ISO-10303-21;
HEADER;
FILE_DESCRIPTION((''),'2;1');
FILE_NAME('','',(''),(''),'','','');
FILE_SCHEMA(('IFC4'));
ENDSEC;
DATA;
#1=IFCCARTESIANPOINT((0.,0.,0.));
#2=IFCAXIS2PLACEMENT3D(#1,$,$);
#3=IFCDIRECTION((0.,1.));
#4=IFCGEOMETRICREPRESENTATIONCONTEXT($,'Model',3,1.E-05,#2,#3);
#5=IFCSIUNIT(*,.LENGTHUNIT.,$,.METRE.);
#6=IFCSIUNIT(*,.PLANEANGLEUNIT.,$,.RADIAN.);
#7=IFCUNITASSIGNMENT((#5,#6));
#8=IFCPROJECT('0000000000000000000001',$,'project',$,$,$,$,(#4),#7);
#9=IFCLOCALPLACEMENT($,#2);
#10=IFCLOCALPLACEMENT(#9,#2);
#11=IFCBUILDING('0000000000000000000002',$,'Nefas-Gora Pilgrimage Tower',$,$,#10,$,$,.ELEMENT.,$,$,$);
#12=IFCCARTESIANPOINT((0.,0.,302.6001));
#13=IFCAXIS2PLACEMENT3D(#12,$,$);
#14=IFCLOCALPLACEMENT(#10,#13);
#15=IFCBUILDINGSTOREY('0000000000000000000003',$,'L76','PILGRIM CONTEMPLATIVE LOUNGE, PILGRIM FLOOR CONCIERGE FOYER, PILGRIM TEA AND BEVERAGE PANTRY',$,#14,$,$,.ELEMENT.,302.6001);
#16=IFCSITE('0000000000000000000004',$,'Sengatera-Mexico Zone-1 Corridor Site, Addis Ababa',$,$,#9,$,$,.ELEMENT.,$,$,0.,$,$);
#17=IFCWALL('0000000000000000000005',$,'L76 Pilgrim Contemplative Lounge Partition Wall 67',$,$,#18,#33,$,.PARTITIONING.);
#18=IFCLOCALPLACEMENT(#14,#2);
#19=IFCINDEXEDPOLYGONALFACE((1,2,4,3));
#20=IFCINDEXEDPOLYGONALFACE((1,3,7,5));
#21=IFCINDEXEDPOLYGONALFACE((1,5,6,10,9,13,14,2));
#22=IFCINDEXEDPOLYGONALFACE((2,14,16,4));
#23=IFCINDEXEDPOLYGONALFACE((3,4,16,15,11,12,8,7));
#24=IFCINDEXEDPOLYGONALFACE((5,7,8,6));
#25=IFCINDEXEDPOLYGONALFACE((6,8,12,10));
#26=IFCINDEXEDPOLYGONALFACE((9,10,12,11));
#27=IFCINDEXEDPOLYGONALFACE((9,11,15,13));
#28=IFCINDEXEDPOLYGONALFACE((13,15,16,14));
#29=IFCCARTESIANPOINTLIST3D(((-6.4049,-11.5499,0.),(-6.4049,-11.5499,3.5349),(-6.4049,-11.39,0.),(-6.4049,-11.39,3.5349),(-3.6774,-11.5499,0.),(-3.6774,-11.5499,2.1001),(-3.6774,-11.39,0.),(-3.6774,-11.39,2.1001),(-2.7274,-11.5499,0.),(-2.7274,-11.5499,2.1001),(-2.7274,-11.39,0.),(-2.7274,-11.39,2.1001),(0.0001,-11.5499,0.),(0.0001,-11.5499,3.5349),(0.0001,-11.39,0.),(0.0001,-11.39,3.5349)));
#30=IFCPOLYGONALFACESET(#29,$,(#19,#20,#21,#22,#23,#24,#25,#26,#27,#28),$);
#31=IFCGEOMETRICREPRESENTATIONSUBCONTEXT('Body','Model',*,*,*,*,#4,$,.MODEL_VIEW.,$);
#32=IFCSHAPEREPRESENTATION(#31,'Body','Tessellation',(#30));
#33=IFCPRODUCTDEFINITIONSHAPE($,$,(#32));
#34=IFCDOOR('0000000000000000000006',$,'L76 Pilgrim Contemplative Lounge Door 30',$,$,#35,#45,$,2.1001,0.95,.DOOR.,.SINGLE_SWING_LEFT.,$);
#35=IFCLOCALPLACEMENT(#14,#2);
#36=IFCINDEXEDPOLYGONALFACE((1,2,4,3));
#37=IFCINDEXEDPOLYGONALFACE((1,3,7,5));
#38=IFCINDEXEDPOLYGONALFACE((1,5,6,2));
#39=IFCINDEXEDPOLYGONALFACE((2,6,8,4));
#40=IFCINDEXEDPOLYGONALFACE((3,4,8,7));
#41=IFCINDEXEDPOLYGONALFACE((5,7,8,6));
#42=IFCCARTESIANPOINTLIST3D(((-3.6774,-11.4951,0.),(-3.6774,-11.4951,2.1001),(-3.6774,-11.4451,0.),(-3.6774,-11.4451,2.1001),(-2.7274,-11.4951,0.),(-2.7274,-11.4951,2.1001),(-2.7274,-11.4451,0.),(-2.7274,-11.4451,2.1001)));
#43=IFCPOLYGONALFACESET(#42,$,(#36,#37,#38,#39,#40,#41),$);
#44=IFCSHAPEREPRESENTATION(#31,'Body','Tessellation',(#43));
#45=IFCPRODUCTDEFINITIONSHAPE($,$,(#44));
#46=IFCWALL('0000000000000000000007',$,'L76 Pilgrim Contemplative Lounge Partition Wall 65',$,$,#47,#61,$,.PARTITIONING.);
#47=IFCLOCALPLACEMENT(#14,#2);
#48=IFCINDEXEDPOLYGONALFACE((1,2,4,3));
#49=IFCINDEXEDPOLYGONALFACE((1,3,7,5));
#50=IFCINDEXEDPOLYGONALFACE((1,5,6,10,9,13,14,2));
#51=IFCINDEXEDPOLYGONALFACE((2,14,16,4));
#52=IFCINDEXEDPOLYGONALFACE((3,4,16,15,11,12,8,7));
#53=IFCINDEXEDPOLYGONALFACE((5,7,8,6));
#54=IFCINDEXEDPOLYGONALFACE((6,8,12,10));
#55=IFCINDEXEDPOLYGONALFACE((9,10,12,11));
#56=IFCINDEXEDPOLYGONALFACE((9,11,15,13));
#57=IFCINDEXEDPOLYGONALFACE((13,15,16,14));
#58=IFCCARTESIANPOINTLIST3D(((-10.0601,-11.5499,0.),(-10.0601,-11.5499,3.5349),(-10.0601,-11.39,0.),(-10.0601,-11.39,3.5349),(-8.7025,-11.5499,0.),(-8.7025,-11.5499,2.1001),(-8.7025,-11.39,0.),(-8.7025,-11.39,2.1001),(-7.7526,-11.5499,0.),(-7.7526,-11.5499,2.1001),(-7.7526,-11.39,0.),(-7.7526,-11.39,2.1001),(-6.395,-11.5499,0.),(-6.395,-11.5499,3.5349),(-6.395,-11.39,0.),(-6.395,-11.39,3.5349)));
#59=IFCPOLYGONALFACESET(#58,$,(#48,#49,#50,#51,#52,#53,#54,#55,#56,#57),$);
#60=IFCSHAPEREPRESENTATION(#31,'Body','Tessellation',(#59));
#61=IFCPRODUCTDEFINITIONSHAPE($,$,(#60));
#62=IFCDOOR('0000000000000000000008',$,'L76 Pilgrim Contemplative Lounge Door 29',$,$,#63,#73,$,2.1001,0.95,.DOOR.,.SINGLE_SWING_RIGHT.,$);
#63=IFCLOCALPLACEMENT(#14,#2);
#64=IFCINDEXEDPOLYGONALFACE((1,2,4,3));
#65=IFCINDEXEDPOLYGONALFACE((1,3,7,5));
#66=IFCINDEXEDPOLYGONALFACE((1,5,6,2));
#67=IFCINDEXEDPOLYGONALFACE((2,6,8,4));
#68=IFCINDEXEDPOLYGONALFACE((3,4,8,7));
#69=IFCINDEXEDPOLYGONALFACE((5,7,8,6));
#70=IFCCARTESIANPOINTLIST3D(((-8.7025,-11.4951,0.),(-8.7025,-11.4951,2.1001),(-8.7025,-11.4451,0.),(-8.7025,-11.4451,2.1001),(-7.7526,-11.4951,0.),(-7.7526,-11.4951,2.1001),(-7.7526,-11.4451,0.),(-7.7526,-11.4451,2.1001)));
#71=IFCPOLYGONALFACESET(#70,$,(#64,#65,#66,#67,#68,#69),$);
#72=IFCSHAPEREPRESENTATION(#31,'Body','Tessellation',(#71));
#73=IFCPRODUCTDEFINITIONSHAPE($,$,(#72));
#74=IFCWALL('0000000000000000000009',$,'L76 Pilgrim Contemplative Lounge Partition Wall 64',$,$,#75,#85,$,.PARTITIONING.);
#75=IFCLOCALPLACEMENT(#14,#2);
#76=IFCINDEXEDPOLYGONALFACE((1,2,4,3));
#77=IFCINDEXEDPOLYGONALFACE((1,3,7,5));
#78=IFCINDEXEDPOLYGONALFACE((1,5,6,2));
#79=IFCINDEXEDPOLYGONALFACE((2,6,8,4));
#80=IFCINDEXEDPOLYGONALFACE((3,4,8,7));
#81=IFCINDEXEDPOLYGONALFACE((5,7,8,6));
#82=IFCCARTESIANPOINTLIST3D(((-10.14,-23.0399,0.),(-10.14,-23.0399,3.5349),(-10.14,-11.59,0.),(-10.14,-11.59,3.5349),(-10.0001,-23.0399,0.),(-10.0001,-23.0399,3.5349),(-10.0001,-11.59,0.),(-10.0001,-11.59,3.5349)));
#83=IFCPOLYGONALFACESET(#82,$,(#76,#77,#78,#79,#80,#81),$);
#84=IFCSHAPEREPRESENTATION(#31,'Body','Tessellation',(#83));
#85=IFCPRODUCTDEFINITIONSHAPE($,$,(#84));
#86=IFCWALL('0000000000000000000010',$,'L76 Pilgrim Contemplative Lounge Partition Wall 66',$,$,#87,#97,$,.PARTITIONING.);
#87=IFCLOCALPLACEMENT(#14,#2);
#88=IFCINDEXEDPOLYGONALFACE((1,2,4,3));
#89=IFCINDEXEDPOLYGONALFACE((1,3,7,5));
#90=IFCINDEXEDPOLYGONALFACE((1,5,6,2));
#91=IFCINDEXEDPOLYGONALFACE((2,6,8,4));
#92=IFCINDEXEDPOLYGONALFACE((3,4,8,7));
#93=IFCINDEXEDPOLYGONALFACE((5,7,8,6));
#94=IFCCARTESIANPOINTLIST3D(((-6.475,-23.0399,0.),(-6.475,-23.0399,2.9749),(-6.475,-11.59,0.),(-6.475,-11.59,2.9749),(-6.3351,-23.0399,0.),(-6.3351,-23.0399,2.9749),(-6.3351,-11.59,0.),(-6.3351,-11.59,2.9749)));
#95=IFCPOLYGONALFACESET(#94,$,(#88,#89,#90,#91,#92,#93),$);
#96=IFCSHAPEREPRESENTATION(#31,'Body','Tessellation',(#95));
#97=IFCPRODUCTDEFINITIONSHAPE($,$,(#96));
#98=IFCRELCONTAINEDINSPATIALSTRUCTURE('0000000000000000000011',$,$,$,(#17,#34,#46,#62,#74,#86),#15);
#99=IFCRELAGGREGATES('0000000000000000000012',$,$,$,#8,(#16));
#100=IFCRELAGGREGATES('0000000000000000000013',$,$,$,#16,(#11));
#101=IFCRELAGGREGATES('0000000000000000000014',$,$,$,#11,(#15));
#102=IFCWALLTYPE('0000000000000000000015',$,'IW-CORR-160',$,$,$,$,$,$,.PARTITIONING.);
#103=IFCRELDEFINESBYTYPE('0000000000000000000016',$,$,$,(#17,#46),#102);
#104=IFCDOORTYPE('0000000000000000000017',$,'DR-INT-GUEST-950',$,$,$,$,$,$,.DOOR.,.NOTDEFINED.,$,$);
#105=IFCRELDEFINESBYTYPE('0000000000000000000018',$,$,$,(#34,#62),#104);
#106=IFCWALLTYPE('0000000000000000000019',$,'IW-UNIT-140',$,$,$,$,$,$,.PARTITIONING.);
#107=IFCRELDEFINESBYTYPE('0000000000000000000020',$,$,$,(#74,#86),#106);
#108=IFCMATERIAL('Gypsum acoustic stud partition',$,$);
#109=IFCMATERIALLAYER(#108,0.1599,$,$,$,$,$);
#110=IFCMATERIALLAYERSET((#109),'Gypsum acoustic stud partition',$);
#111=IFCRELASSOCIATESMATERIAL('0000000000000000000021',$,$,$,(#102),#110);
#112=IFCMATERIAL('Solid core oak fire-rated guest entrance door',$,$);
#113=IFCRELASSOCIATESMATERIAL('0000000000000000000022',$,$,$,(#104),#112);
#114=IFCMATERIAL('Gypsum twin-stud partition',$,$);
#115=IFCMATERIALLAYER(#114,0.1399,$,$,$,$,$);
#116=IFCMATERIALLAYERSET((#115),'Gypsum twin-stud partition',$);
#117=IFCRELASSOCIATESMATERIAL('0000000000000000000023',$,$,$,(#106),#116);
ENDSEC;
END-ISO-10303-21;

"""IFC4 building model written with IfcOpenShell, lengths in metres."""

from ifc_helpers import new_model, si_unit, direction, frame, frame_2d, origin, place, context, subcontext, project, spatial, rectangle, extrude, source, transform, mapped, material, layer, layer_set, type_object, element, fill, save


model = new_model("IFC4")

# Units and contexts
model_context = context("Model", 3, precision=1e-05, world=origin(), true_north=direction((0.0, 1.0)))
body_context = subcontext(model_context, "Body", "Model", "MODEL_VIEW")
ifc_project = project(units=[si_unit("LENGTHUNIT", "METRE"), si_unit("PLANEANGLEUNIT", "RADIAN")], contexts=[model_context])

# Site, building, storey
site_placement = place(None, origin())
site = spatial("IfcSite", under=ifc_project, at=site_placement, Name="Sengatera-Mexico Zone-1 Corridor Site, Addis Ababa", CompositionType="ELEMENT", RefElevation=0.0)
building_placement = place(site_placement, origin())
building = spatial("IfcBuilding", under=site, at=building_placement, Name="Nefas-Gora Pilgrimage Tower", CompositionType="ELEMENT")
storey_placement = place(building_placement, frame((0.0, 0.0, 302.6001)))
storey = spatial("IfcBuildingStorey", under=building, at=storey_placement, Name="L76", Description="PILGRIM CONTEMPLATIVE LOUNGE, PILGRIM FLOOR CONCIERGE FOYER, PILGRIM TEA AND BEVERAGE PANTRY", CompositionType="ELEMENT", Elevation=302.6001)

# Walls, openings, doors
ifc_material_1 = material(Name="Gypsum acoustic stud partition")
ifc_layer_1 = layer(ifc_material_1, 0.1599)
ifc_layer_set_1 = layer_set([ifc_layer_1], Name="Gypsum acoustic stud partition")
wall_type_1 = type_object("IfcWallType", Name="IW-CORR-160", PredefinedType="PARTITIONING", material=ifc_layer_set_1)
shared_shape_1 = source(origin(), body_context, "Body", "SweptSolid", [
    extrude(rectangle(XDim=6.405, YDim=0.1599, at=frame_2d((3.2026, 0.0))), origin(), (0.0, 0.0, 1.0), 3.5349),
])
wall_1_placement = place(storey_placement, frame((-6.405, -11.47, 0.0), z_axis=(0.0, 0.0, 1.0), x_axis=(1.0, 0.0, 0.0)))
wall_1 = element("IfcWall", 1, at=wall_1_placement, inside=storey, type_object=wall_type_1, Name="L76 Pilgrim Contemplative Lounge Partition Wall 67", PredefinedType="PARTITIONING", context=body_context, shape_type="MappedRepresentation", body=[
    mapped(shared_shape_1, transform((0.0, 0.0, 0.0), x_axis=(1.0, 0.0, 0.0), y_axis=(0.0, 1.0, 0.0), z_axis=(0.0, 0.0, 1.0), scale=1.0)),
])
opening_1_placement = place(wall_1_placement, frame((2.7275, 0.0, 0.0)))
opening_1 = element("IfcOpeningElement", 2, at=opening_1_placement, cuts=wall_1, PredefinedType="OPENING", context=body_context, shape_type="SweptSolid", body=[
    extrude(rectangle(XDim=0.95, YDim=2.1001, at=frame_2d((0.4751, 1.05))), frame((0.0, 0.0898, 0.0), z_axis=(0.0, -1.0, 0.0), x_axis=(1.0, 0.0, 0.0)), (0.0, 0.0, 1.0), 0.1799),
])
ifc_material_2 = material(Name="Solid core oak fire-rated guest entrance door")
door_type = type_object("IfcDoorType", Name="DR-INT-GUEST-950", OperationType="NOTDEFINED", PredefinedType="DOOR", material=ifc_material_2)
shared_shape_2 = source(origin(), body_context, "Body", "SweptSolid", [
    extrude(rectangle(XDim=0.95, YDim=2.1001, at=frame_2d((0.4751, 1.05))), frame((0.0, 0.0249, 0.0), z_axis=(0.0, -1.0, 0.0), x_axis=(1.0, 0.0, 0.0)), (0.0, 0.0, 1.0), 0.05),
])
door_1_placement = place(opening_1_placement, origin())
door_1 = element("IfcDoor", 3, at=door_1_placement, inside=storey, type_object=door_type, Name="L76 Pilgrim Contemplative Lounge Door 30", OperationType="SINGLE_SWING_LEFT", OverallHeight=2.1001, OverallWidth=0.95, PredefinedType="DOOR", context=body_context, shape_type="MappedRepresentation", body=[
    mapped(shared_shape_2, transform((0.0, 0.0, 0.0), x_axis=(1.0, 0.0, 0.0), y_axis=(0.0, 1.0, 0.0), z_axis=(0.0, 0.0, 1.0), scale=1.0)),
])
fill(opening_1, door_1)
shared_shape_3 = source(origin(), body_context, "Body", "SweptSolid", [
    extrude(rectangle(XDim=3.665, YDim=0.1599, at=frame_2d((1.8325, 0.0))), origin(), (0.0, 0.0, 1.0), 3.5349),
])
wall_2_placement = place(storey_placement, frame((-10.0601, -11.47, 0.0), z_axis=(0.0, 0.0, 1.0), x_axis=(1.0, 0.0, 0.0)))
wall_2 = element("IfcWall", 4, at=wall_2_placement, inside=storey, type_object=wall_type_1, Name="L76 Pilgrim Contemplative Lounge Partition Wall 65", PredefinedType="PARTITIONING", context=body_context, shape_type="MappedRepresentation", body=[
    mapped(shared_shape_3, transform((0.0, 0.0, 0.0), x_axis=(1.0, 0.0, 0.0), y_axis=(0.0, 1.0, 0.0), z_axis=(0.0, 0.0, 1.0), scale=1.0)),
])
opening_2_placement = place(wall_2_placement, frame((1.3574, 0.0, 0.0)))
opening_2 = element("IfcOpeningElement", 5, at=opening_2_placement, cuts=wall_2, PredefinedType="OPENING", context=body_context, shape_type="SweptSolid", body=[
    extrude(rectangle(XDim=0.95, YDim=2.1001, at=frame_2d((0.4751, 1.05))), frame((0.0, 0.0898, 0.0), z_axis=(0.0, -1.0, 0.0), x_axis=(1.0, 0.0, 0.0)), (0.0, 0.0, 1.0), 0.1799),
])
door_2_placement = place(opening_2_placement, origin())
door_2 = element("IfcDoor", 6, at=door_2_placement, inside=storey, type_object=door_type, Name="L76 Pilgrim Contemplative Lounge Door 29", OperationType="SINGLE_SWING_RIGHT", OverallHeight=2.1001, OverallWidth=0.95, PredefinedType="DOOR", context=body_context, shape_type="MappedRepresentation", body=[
    mapped(shared_shape_2, transform((0.0, 0.0, 0.0), x_axis=(1.0, 0.0, 0.0), y_axis=(0.0, 1.0, 0.0), z_axis=(0.0, 0.0, 1.0), scale=1.0)),
])
fill(opening_2, door_2)

# Walls
ifc_material_3 = material(Name="Gypsum twin-stud partition")
ifc_layer_2 = layer(ifc_material_3, 0.1399)
ifc_layer_set_2 = layer_set([ifc_layer_2], Name="Gypsum twin-stud partition")
wall_type_2 = type_object("IfcWallType", Name="IW-UNIT-140", PredefinedType="PARTITIONING", material=ifc_layer_set_2)
shared_shape_4 = source(origin(), body_context, "Body", "SweptSolid", [
    extrude(rectangle(XDim=11.45, YDim=0.1399, at=frame_2d((5.7251, 0.0))), origin(), (0.0, 0.0, 1.0), 3.5349),
])
wall_3_placement = place(storey_placement, frame((-10.0701, -23.04, 0.0), z_axis=(0.0, 0.0, 1.0), x_axis=(0.0, 1.0, 0.0)))
element("IfcWall", 7, at=wall_3_placement, inside=storey, type_object=wall_type_2, Name="L76 Pilgrim Contemplative Lounge Partition Wall 64", PredefinedType="PARTITIONING", context=body_context, shape_type="MappedRepresentation", body=[
    mapped(shared_shape_4, transform((0.0, 0.0, 0.0), x_axis=(1.0, 0.0, 0.0), y_axis=(0.0, 1.0, 0.0), z_axis=(0.0, 0.0, 1.0), scale=1.0)),
])
shared_shape_5 = source(origin(), body_context, "Body", "SweptSolid", [
    extrude(rectangle(XDim=11.45, YDim=0.1399, at=frame_2d((5.7251, 0.0))), origin(), (0.0, 0.0, 1.0), 2.9749),
])
wall_4_placement = place(storey_placement, frame((-6.405, -23.04, 0.0), z_axis=(0.0, 0.0, 1.0), x_axis=(0.0, 1.0, 0.0)))
element("IfcWall", 8, at=wall_4_placement, inside=storey, type_object=wall_type_2, Name="L76 Pilgrim Contemplative Lounge Partition Wall 66", PredefinedType="PARTITIONING", context=body_context, shape_type="MappedRepresentation", body=[
    mapped(shared_shape_5, transform((0.0, 0.0, 0.0), x_axis=(1.0, 0.0, 0.0), y_axis=(0.0, 1.0, 0.0), z_axis=(0.0, 0.0, 1.0), scale=1.0)),
])

save(model, "model.ifc")
